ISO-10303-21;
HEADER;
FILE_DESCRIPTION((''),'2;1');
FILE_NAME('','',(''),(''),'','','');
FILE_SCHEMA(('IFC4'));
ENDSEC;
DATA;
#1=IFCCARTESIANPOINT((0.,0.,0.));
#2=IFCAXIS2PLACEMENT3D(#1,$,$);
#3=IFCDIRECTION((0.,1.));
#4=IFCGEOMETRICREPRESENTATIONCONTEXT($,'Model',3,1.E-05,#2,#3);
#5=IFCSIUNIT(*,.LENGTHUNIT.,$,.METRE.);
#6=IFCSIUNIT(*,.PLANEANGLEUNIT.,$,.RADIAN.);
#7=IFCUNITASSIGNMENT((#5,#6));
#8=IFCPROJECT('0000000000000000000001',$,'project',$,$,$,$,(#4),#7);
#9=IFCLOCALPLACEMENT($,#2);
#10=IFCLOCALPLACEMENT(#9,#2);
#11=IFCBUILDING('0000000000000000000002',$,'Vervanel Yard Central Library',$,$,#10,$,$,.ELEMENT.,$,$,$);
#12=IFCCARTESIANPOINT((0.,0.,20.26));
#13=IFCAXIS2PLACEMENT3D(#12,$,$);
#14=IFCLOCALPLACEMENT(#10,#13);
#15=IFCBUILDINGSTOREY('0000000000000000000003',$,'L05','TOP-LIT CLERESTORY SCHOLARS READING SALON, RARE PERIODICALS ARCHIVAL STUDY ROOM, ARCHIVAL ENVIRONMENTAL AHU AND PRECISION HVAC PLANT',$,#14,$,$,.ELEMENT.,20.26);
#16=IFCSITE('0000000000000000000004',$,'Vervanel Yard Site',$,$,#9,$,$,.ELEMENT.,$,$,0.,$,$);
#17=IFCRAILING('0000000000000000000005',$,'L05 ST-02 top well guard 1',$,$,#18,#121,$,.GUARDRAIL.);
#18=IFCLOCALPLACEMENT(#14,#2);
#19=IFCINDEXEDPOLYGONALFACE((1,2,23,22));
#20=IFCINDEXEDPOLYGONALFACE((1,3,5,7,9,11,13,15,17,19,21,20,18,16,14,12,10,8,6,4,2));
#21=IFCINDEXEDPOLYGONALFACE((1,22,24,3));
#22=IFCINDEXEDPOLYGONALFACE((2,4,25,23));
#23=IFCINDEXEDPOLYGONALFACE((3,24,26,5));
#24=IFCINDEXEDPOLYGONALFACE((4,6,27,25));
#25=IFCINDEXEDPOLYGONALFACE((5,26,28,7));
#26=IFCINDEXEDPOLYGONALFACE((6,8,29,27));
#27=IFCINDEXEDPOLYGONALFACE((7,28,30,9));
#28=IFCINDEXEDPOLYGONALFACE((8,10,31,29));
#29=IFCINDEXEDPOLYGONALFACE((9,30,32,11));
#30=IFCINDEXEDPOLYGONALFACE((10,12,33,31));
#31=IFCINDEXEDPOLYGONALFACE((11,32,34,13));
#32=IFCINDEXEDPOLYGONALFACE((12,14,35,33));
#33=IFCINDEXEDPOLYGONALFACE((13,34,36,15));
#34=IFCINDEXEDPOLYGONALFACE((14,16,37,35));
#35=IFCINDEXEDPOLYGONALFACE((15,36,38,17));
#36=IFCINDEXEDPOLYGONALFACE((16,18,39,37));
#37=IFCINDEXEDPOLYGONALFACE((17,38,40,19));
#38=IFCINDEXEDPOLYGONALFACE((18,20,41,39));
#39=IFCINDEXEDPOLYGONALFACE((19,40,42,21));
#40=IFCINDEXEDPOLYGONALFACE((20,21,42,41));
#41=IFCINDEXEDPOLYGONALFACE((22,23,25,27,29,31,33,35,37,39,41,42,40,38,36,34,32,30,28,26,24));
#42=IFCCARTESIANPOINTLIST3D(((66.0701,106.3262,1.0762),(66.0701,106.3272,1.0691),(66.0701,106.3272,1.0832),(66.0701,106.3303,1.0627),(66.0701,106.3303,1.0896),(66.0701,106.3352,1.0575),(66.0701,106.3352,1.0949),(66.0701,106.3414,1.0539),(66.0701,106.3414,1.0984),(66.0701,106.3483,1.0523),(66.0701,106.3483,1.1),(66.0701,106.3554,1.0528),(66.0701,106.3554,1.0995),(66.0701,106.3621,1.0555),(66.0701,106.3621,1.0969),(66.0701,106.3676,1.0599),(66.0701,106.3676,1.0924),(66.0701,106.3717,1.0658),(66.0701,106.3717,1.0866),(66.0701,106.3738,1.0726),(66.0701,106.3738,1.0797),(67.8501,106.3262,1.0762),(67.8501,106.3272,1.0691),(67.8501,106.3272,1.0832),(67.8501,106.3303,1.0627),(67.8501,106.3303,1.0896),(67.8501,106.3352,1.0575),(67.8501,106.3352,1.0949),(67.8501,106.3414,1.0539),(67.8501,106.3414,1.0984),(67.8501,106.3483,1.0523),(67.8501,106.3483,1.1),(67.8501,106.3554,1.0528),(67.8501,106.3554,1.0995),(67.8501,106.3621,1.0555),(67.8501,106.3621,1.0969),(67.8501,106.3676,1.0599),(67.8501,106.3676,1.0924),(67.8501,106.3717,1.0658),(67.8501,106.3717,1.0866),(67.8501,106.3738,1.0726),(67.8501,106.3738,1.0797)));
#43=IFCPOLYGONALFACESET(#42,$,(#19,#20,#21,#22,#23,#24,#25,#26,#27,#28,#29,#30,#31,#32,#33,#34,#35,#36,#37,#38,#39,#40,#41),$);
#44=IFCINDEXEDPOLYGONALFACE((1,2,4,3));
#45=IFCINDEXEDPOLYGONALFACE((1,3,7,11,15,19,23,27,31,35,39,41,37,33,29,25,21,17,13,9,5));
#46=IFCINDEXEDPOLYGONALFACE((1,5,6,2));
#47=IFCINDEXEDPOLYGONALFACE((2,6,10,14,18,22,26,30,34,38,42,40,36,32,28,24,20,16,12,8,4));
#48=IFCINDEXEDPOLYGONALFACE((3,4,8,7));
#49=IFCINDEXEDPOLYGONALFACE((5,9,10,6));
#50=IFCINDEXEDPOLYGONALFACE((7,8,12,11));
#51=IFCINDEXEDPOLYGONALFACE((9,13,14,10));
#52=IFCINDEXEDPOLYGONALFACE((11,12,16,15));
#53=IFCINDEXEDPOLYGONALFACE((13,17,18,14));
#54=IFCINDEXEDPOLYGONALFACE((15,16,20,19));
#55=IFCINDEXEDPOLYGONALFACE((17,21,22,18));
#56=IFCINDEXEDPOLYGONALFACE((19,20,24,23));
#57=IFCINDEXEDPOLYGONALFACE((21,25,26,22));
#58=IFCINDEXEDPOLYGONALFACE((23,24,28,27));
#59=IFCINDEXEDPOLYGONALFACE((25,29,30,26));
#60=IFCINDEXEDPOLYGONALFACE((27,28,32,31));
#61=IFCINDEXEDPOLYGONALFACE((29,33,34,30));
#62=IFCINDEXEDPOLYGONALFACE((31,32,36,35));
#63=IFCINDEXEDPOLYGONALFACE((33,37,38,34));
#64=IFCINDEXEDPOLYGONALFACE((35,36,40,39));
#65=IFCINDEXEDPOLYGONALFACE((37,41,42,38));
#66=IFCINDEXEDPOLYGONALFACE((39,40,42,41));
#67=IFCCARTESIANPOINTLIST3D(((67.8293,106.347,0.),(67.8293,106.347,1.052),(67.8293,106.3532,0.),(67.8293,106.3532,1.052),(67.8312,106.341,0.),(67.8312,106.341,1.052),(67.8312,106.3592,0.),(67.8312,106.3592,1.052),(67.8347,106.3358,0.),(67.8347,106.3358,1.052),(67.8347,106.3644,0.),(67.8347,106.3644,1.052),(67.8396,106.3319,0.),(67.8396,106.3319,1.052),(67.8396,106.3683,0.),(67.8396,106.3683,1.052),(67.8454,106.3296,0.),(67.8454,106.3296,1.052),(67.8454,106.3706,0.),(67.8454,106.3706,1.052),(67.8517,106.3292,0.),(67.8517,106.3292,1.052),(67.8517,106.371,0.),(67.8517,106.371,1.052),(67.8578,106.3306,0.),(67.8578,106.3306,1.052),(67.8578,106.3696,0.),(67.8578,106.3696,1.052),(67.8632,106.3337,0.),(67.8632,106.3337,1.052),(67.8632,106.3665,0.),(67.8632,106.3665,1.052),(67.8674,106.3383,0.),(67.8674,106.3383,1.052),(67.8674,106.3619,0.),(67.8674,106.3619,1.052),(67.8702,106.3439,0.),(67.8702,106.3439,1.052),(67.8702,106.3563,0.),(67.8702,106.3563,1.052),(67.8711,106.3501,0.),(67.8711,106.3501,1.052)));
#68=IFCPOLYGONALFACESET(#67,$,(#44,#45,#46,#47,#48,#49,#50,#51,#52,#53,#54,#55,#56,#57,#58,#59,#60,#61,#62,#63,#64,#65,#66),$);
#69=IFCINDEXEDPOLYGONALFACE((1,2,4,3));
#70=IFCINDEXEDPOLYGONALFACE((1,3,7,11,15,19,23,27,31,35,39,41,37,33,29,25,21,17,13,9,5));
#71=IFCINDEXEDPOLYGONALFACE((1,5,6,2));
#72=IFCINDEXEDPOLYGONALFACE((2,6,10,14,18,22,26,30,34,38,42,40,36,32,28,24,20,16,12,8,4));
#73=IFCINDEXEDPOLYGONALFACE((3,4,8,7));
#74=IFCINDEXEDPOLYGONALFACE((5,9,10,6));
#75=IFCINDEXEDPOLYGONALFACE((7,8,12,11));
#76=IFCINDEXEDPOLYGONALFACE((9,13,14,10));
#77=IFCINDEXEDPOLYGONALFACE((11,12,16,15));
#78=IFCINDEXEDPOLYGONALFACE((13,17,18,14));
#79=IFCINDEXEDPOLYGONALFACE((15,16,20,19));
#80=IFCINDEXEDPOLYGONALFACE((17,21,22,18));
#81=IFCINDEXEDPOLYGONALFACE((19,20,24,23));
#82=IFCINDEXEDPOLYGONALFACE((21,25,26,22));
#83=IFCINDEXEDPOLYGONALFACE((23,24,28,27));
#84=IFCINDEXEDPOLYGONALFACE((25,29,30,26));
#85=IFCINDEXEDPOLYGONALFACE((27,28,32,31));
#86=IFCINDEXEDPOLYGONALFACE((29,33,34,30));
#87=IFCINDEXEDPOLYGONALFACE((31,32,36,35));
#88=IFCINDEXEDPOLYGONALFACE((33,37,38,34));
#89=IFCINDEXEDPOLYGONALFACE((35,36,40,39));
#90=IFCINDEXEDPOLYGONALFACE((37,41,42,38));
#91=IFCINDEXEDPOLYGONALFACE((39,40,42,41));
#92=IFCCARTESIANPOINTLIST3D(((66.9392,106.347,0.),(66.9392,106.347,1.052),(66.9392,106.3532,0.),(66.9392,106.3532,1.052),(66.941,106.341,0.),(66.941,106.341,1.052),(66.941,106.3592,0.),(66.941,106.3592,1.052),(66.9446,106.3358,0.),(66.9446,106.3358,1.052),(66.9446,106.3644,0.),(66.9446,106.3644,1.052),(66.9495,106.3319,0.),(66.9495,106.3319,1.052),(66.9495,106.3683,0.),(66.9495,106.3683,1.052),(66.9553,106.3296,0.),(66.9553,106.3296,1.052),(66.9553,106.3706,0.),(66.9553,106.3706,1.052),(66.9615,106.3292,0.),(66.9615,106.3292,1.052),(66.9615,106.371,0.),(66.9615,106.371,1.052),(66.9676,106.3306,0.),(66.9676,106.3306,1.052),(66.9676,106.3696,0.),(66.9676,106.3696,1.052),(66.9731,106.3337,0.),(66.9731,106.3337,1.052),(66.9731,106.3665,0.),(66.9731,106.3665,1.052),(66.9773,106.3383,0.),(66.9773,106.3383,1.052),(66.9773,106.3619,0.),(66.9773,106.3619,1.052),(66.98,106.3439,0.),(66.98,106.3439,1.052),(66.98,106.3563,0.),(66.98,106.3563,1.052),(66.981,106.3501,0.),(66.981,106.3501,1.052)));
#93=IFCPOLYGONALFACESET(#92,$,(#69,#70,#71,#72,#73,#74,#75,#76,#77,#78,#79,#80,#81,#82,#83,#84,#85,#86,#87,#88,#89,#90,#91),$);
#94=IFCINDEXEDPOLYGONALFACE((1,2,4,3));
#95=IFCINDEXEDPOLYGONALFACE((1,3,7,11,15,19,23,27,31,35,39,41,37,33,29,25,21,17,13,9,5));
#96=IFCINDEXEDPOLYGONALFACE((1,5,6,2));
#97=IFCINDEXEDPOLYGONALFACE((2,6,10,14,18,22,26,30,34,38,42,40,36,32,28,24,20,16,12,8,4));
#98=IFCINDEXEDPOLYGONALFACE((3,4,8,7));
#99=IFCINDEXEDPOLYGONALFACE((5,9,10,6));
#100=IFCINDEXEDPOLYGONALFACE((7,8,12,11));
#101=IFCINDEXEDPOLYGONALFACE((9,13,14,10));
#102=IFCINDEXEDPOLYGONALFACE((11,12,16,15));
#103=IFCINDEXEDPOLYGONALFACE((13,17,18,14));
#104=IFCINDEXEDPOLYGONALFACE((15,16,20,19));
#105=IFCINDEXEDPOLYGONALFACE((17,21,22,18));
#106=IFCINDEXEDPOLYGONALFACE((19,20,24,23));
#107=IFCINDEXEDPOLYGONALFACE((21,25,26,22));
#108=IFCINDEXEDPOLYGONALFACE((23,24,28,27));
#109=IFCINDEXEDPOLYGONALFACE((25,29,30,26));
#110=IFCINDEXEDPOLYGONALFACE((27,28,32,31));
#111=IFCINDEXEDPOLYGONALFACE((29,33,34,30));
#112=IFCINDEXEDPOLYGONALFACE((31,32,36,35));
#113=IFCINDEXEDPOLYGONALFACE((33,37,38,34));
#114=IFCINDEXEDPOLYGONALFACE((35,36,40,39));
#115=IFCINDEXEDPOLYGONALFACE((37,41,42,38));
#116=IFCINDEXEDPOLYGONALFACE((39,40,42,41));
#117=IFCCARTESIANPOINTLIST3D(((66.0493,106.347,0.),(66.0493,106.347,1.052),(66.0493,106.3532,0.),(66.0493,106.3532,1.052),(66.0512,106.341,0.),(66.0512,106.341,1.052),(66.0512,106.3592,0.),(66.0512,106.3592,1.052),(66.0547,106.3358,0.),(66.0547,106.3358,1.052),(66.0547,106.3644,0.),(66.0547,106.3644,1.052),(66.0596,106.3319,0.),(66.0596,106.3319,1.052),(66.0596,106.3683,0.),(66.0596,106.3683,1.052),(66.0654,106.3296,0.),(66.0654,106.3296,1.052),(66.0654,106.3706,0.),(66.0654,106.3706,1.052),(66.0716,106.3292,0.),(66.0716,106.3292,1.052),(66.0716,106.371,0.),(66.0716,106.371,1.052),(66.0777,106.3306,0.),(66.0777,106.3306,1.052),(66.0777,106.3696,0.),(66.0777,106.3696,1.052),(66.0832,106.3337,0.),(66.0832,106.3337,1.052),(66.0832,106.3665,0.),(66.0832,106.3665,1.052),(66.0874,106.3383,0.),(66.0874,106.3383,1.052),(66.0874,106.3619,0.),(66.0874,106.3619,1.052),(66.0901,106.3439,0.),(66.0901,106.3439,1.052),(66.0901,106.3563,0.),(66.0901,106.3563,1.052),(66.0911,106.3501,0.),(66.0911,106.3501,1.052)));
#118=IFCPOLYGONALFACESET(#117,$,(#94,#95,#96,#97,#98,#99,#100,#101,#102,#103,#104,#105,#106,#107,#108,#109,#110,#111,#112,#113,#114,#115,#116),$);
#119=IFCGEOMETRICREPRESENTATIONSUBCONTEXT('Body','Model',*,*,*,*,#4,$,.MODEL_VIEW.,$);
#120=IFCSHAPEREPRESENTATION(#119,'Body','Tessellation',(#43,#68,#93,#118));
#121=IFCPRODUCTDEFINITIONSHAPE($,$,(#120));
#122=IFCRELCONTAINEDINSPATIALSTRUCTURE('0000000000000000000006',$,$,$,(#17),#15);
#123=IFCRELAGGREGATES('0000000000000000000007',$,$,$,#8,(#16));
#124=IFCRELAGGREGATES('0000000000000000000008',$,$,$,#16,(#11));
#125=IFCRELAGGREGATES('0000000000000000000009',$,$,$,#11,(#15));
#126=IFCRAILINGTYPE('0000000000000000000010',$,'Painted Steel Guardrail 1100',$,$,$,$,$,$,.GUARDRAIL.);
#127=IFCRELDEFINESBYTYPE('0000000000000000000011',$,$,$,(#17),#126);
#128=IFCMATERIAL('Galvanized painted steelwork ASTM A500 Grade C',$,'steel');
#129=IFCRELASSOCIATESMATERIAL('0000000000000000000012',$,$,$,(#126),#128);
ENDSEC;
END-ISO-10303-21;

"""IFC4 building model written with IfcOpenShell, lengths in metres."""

from ifc_helpers import new_model, si_unit, direction, frame, origin, origin_2d, place, context, subcontext, project, spatial, circle, extrude, material, type_object, element, save


model = new_model("IFC4")

# Units and contexts
model_context = context("Model", 3, precision=1e-05, world=origin(), true_north=direction((0.0, 1.0)))
body_context = subcontext(model_context, "Body", "Model", "MODEL_VIEW")
ifc_project = project(units=[si_unit("LENGTHUNIT", "METRE"), si_unit("PLANEANGLEUNIT", "RADIAN")], contexts=[model_context])

# Site, building, storey
site_placement = place(None, origin())
site = spatial("IfcSite", under=ifc_project, at=site_placement, Name="Vervanel Yard Site", CompositionType="ELEMENT", RefElevation=0.0)
building_placement = place(site_placement, origin())
building = spatial("IfcBuilding", under=site, at=building_placement, Name="Vervanel Yard Central Library", CompositionType="ELEMENT")
storey_placement = place(building_placement, frame((0.0, 0.0, 20.26)))
storey = spatial("IfcBuildingStorey", under=building, at=storey_placement, Name="L05", Description="TOP-LIT CLERESTORY SCHOLARS READING SALON, RARE PERIODICALS ARCHIVAL STUDY ROOM, ARCHIVAL ENVIRONMENTAL AHU AND PRECISION HVAC PLANT", CompositionType="ELEMENT", Elevation=20.26)

# Shared definitions
ifc_material_1 = material(Name="Galvanized painted steelwork ASTM A500 Grade C", Category="steel")

# Railing
railing_type = type_object("IfcRailingType", Name="Painted Steel Guardrail 1100", PredefinedType="GUARDRAIL", material=ifc_material_1)
railing_1_placement = place(storey_placement, frame((67.8501, 106.3501, 0.0)))
element("IfcRailing", 1, at=railing_1_placement, inside=storey, type_object=railing_type, Name="L05 ST-02 top well guard 1", PredefinedType="GUARDRAIL", context=body_context, shape_type="SweptSolid", body=[
    extrude(circle(Radius=0.0239, at=origin_2d()), frame((0.0, 0.0, 1.0762), z_axis=(-1.0, 0.0, 0.0), x_axis=(0.0, -1.0, 0.0)), (0.0, 0.0, 1.0), 1.78),
    extrude(circle(Radius=0.021, at=origin_2d()), origin(), (0.0, 0.0, 1.0), 1.052),
    extrude(circle(Radius=0.021, at=origin_2d()), frame((-0.8901, 0.0, 0.0)), (0.0, 0.0, 1.0), 1.052),
    extrude(circle(Radius=0.021, at=origin_2d()), frame((-1.78, 0.0, 0.0)), (0.0, 0.0, 1.0), 1.052),
])

save(model, "model.ifc")
